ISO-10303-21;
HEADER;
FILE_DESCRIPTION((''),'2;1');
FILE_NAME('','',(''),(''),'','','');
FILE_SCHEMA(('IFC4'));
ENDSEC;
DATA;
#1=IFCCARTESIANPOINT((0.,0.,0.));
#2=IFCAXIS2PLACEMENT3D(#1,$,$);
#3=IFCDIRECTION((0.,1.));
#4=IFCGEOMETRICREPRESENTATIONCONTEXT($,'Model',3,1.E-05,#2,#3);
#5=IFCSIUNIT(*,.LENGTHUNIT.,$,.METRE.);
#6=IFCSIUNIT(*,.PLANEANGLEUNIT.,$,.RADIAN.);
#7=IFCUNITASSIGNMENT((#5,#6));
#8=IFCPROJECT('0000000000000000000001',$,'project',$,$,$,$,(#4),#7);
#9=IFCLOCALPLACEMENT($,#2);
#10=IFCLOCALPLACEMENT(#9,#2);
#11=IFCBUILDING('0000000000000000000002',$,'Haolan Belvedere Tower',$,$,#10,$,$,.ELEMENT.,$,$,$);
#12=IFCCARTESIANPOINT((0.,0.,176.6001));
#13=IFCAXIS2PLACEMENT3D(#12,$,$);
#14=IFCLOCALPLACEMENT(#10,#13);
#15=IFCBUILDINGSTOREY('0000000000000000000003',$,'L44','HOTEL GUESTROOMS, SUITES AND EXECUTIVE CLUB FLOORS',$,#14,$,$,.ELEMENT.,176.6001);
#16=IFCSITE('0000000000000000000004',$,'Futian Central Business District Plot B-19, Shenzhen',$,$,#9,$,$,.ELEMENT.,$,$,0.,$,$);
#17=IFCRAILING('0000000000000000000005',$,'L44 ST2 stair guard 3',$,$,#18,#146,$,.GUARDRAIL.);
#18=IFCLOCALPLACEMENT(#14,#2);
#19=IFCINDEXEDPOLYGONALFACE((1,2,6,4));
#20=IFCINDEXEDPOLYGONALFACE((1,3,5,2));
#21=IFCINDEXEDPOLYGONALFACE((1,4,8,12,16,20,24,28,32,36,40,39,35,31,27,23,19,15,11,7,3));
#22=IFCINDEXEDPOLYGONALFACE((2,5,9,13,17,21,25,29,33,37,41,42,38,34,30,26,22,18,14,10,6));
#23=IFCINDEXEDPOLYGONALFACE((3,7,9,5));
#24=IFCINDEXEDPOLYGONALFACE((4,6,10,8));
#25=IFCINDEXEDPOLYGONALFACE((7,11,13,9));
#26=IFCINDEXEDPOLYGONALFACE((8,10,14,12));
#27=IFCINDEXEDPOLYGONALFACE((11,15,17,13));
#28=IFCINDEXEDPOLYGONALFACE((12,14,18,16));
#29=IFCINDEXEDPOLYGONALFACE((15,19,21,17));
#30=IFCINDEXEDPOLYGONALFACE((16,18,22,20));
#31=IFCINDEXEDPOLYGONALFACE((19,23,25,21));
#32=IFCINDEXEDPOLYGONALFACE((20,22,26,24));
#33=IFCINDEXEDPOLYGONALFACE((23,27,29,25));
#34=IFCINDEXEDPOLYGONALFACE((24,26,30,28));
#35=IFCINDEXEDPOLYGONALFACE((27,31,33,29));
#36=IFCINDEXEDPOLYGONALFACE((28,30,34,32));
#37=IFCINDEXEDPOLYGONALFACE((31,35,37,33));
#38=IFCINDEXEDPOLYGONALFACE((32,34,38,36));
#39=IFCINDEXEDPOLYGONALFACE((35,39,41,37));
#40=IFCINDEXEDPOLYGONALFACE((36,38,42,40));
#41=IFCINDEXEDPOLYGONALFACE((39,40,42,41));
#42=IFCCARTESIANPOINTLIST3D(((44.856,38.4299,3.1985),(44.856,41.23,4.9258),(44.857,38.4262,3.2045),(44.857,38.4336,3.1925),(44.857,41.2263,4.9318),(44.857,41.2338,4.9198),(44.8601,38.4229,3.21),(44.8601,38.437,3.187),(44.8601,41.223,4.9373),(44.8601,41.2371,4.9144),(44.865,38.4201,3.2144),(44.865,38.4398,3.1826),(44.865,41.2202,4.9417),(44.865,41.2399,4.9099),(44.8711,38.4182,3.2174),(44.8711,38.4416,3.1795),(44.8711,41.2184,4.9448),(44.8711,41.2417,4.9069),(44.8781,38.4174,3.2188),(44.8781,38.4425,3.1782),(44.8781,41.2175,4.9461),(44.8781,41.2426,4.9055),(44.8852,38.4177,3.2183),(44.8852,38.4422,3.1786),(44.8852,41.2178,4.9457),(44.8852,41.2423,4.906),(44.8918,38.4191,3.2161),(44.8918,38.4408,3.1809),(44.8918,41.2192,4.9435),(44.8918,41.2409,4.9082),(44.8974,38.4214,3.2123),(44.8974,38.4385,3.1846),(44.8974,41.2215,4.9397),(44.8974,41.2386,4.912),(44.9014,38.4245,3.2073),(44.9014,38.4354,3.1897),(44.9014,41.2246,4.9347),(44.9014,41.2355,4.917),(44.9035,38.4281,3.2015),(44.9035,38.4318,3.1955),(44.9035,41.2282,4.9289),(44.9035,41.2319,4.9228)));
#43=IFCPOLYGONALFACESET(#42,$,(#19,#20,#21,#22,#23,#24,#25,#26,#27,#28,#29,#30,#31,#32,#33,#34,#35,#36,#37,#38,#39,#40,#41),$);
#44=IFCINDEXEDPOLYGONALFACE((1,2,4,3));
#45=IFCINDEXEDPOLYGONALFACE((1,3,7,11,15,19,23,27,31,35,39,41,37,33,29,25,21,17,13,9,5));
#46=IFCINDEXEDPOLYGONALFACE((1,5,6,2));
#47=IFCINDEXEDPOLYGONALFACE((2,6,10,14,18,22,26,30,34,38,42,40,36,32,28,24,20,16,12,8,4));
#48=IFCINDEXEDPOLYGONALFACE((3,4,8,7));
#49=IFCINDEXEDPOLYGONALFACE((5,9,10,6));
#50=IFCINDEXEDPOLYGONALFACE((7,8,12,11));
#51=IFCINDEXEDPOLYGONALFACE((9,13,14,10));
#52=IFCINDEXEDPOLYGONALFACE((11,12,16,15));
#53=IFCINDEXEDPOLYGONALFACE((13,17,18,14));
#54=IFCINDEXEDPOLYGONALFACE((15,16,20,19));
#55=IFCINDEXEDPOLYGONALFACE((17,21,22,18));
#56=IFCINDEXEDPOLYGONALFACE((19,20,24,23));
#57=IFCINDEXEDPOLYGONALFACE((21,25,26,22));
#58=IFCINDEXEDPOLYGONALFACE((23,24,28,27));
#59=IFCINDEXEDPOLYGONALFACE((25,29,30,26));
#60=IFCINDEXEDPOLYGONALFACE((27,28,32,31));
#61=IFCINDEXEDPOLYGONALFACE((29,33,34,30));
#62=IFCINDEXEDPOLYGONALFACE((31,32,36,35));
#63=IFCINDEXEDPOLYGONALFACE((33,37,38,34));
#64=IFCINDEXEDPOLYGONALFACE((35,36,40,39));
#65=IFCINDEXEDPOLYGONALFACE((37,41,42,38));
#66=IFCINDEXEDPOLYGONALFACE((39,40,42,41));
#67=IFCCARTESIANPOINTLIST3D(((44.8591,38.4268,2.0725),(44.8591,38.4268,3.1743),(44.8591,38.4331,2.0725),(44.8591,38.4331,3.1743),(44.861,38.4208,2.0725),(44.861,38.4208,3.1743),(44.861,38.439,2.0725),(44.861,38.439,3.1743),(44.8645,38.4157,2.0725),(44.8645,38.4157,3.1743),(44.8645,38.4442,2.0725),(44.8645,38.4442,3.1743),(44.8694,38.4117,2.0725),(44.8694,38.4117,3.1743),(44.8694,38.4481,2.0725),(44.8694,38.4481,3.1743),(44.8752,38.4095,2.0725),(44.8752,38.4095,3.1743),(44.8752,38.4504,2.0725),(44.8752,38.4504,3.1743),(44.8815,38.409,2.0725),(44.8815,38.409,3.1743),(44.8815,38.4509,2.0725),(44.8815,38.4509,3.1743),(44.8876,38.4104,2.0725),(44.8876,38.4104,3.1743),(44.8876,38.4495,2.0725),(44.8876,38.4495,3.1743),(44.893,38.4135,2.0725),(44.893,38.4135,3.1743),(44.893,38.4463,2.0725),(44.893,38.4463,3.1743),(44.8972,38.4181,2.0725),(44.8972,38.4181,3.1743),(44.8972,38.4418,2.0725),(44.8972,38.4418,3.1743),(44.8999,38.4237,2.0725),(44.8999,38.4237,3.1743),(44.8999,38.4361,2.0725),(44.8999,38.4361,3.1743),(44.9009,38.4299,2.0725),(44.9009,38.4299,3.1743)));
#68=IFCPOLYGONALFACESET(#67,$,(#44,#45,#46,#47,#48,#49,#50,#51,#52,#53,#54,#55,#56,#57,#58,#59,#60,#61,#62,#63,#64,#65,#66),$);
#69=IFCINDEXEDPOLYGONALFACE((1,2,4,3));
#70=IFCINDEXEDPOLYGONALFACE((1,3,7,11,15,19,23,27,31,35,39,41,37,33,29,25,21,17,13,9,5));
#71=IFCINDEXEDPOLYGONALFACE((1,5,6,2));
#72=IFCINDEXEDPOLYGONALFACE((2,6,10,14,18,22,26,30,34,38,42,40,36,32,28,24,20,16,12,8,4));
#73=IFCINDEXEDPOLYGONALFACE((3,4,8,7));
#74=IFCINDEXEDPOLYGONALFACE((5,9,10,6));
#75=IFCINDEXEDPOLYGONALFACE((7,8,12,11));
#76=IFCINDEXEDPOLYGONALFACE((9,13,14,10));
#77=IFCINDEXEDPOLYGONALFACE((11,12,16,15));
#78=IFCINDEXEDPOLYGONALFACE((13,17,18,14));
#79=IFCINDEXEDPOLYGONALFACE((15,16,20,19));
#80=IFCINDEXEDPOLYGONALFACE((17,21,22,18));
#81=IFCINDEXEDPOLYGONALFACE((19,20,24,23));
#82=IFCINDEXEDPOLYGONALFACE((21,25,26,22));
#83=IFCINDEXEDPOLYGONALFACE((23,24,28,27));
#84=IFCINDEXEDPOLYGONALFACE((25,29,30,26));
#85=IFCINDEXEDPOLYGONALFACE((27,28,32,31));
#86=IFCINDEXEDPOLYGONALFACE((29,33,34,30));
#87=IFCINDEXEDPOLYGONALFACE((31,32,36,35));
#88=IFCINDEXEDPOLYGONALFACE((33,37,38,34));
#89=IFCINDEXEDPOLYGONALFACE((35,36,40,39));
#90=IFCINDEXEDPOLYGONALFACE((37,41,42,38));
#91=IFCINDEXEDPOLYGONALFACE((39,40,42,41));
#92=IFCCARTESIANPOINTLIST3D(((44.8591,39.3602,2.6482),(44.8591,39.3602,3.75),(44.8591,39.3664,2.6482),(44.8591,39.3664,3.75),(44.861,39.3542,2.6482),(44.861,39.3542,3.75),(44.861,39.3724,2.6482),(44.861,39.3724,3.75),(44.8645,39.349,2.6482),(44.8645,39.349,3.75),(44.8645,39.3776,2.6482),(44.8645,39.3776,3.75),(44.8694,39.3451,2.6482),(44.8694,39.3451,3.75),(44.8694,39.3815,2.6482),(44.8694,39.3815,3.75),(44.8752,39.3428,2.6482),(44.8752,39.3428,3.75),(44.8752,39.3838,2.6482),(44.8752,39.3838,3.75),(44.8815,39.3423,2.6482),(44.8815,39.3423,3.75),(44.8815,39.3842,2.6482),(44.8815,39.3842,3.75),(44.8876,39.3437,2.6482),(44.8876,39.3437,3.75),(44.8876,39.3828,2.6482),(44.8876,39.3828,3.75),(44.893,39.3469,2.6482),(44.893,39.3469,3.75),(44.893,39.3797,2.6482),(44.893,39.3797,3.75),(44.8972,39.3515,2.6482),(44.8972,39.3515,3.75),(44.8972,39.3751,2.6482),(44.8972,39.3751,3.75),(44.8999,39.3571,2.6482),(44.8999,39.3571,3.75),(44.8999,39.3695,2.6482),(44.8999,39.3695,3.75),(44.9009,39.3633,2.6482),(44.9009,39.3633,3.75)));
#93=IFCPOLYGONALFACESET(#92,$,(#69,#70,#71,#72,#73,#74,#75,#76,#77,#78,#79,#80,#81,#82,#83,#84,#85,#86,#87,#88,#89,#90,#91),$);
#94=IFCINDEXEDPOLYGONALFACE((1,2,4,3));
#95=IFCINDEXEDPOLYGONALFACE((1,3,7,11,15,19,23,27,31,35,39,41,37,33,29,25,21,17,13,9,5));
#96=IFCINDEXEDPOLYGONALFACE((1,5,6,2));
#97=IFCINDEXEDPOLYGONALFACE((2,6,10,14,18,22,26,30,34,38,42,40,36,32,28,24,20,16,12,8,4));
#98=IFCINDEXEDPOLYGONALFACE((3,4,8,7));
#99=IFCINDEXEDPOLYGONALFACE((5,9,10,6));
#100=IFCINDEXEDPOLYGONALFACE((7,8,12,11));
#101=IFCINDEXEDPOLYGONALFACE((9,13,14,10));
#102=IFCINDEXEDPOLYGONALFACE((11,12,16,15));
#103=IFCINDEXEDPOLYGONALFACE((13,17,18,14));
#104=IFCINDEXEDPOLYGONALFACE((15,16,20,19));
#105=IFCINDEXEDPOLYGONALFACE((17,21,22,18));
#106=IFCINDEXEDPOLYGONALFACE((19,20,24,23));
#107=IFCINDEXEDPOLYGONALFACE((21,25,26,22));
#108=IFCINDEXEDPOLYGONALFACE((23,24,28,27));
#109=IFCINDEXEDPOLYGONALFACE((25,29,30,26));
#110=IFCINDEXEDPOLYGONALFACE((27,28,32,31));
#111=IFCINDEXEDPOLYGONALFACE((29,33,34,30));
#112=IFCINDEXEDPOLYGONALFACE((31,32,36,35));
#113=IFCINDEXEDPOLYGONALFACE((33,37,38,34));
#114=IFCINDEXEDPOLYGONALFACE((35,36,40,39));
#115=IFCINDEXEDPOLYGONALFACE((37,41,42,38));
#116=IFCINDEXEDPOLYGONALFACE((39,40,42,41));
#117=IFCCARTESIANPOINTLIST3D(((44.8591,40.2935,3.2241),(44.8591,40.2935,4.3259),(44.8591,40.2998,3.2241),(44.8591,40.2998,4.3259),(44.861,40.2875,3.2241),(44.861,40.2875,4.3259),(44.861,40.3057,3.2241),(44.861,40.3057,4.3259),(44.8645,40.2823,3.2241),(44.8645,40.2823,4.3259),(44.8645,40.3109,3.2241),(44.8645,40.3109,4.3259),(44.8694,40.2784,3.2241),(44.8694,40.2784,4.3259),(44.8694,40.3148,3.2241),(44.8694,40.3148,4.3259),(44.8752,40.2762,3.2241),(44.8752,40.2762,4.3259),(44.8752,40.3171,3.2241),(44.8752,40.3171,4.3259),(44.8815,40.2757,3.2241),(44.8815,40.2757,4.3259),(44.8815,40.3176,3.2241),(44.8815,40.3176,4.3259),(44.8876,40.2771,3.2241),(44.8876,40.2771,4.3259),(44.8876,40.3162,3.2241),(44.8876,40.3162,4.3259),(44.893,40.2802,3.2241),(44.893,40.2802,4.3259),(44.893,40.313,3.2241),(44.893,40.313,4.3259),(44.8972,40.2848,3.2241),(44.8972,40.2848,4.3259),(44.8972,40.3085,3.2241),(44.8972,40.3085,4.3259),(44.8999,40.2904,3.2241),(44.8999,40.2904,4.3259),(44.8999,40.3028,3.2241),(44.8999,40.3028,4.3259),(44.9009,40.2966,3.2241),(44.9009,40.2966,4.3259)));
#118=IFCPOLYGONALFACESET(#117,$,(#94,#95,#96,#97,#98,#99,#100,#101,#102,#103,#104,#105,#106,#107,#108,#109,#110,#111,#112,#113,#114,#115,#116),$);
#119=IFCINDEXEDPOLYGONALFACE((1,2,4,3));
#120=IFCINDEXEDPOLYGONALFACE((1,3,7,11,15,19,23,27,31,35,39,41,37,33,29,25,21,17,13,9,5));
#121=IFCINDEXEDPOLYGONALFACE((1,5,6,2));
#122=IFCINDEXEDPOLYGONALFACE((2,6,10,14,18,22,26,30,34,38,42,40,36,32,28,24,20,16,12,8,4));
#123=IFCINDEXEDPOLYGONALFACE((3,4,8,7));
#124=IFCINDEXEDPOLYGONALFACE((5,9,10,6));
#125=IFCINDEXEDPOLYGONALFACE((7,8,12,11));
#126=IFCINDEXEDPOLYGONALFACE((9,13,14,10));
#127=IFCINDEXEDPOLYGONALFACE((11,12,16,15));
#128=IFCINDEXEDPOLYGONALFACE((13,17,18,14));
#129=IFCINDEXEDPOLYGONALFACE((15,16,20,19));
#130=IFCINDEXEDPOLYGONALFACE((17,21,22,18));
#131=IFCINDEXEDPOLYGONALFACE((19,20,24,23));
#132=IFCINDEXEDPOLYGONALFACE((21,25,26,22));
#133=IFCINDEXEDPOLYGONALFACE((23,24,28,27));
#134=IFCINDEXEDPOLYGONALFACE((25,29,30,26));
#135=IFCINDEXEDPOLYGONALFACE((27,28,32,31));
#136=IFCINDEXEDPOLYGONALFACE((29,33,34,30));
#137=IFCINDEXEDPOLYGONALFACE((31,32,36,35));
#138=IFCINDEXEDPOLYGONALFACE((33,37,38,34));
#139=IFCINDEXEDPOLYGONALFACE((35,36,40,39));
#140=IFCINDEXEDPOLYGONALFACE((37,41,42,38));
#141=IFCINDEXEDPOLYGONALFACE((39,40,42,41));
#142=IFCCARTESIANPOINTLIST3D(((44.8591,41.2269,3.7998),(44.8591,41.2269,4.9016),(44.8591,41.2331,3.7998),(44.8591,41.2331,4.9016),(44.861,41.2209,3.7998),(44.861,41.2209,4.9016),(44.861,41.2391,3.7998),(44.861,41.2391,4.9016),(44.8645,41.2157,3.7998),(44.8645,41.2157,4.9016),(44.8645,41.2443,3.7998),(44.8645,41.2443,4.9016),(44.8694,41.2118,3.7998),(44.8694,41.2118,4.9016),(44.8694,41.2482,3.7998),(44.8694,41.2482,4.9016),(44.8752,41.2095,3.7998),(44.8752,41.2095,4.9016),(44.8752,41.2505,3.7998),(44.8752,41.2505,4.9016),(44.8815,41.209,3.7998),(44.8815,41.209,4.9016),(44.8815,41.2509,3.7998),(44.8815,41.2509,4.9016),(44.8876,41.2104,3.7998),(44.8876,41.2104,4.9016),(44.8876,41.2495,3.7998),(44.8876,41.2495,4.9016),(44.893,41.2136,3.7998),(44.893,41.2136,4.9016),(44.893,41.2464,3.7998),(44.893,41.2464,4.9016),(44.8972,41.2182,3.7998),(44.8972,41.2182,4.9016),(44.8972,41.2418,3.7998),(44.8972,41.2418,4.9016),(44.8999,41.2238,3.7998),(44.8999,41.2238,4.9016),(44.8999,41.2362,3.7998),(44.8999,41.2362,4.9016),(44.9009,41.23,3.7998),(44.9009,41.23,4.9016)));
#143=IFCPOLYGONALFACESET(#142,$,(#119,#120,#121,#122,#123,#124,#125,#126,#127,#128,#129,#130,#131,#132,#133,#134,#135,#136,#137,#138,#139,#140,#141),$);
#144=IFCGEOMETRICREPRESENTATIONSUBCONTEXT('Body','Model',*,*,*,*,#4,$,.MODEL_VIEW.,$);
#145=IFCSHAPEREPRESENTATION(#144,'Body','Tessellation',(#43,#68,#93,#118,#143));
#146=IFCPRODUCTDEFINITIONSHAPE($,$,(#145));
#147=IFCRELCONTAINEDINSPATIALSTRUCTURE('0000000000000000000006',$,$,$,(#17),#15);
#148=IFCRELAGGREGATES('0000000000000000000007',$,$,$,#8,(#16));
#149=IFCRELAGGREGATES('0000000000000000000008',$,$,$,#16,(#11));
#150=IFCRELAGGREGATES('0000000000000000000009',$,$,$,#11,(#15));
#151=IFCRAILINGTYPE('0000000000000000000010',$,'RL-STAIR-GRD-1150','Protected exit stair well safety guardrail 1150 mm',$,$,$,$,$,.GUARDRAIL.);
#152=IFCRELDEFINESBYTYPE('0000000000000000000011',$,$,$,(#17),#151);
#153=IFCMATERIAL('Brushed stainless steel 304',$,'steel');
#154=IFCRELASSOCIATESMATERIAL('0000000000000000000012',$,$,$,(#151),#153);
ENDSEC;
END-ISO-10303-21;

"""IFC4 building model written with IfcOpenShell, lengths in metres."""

from ifc_helpers import new_model, si_unit, direction, frame, origin, origin_2d, place, context, subcontext, project, spatial, circle, extrude, material, type_object, element, save


model = new_model("IFC4")

# Units and contexts
model_context = context("Model", 3, precision=1e-05, world=origin(), true_north=direction((0.0, 1.0)))
body_context = subcontext(model_context, "Body", "Model", "MODEL_VIEW")
ifc_project = project(units=[si_unit("LENGTHUNIT", "METRE"), si_unit("PLANEANGLEUNIT", "RADIAN")], contexts=[model_context])

# Site, building, storey
site_placement = place(None, origin())
site = spatial("IfcSite", under=ifc_project, at=site_placement, Name="Futian Central Business District Plot B-19, Shenzhen", CompositionType="ELEMENT", RefElevation=0.0)
building_placement = place(site_placement, origin())
building = spatial("IfcBuilding", under=site, at=building_placement, Name="Haolan Belvedere Tower", CompositionType="ELEMENT")
storey_placement = place(building_placement, frame((0.0, 0.0, 176.6001)))
storey = spatial("IfcBuildingStorey", under=building, at=storey_placement, Name="L44", Description="HOTEL GUESTROOMS, SUITES AND EXECUTIVE CLUB FLOORS", CompositionType="ELEMENT", Elevation=176.6001)

# Railing
ifc_material_1 = material(Name="Brushed stainless steel 304", Category="steel")
railing_type_1 = type_object("IfcRailingType", Name="RL-STAIR-GRD-1150", Description="Protected exit stair well safety guardrail 1150 mm", PredefinedType="GUARDRAIL", material=ifc_material_1)
railing_1_placement = place(storey_placement, frame((44.8799, 38.4299, 2.0725)))
element("IfcRailing", 1, at=railing_1_placement, inside=storey, type_object=railing_type_1, Name="L44 ST2 stair guard 3", PredefinedType="GUARDRAIL", context=body_context, shape_type="SweptSolid", body=[
    extrude(circle(Radius=0.0239, at=origin_2d()), frame((0.0, 0.0, 1.126), z_axis=(0.0, 0.85109, 0.52502), x_axis=(-1.0, 0.0, 0.0)), (0.0, 0.0, 1.0), 3.29),
    extrude(circle(Radius=0.021, at=origin_2d()), origin(), (0.0, 0.0, 1.0), 1.1018),
    extrude(circle(Radius=0.021, at=origin_2d()), frame((0.0, 0.9333, 0.5757)), (0.0, 0.0, 1.0), 1.1018),
    extrude(circle(Radius=0.021, at=origin_2d()), frame((0.0, 1.8667, 1.1516)), (0.0, 0.0, 1.0), 1.1018),
    extrude(circle(Radius=0.021, at=origin_2d()), frame((0.0, 2.8, 1.7273)), (0.0, 0.0, 1.0), 1.1018),
])

save(model, "model.ifc")
